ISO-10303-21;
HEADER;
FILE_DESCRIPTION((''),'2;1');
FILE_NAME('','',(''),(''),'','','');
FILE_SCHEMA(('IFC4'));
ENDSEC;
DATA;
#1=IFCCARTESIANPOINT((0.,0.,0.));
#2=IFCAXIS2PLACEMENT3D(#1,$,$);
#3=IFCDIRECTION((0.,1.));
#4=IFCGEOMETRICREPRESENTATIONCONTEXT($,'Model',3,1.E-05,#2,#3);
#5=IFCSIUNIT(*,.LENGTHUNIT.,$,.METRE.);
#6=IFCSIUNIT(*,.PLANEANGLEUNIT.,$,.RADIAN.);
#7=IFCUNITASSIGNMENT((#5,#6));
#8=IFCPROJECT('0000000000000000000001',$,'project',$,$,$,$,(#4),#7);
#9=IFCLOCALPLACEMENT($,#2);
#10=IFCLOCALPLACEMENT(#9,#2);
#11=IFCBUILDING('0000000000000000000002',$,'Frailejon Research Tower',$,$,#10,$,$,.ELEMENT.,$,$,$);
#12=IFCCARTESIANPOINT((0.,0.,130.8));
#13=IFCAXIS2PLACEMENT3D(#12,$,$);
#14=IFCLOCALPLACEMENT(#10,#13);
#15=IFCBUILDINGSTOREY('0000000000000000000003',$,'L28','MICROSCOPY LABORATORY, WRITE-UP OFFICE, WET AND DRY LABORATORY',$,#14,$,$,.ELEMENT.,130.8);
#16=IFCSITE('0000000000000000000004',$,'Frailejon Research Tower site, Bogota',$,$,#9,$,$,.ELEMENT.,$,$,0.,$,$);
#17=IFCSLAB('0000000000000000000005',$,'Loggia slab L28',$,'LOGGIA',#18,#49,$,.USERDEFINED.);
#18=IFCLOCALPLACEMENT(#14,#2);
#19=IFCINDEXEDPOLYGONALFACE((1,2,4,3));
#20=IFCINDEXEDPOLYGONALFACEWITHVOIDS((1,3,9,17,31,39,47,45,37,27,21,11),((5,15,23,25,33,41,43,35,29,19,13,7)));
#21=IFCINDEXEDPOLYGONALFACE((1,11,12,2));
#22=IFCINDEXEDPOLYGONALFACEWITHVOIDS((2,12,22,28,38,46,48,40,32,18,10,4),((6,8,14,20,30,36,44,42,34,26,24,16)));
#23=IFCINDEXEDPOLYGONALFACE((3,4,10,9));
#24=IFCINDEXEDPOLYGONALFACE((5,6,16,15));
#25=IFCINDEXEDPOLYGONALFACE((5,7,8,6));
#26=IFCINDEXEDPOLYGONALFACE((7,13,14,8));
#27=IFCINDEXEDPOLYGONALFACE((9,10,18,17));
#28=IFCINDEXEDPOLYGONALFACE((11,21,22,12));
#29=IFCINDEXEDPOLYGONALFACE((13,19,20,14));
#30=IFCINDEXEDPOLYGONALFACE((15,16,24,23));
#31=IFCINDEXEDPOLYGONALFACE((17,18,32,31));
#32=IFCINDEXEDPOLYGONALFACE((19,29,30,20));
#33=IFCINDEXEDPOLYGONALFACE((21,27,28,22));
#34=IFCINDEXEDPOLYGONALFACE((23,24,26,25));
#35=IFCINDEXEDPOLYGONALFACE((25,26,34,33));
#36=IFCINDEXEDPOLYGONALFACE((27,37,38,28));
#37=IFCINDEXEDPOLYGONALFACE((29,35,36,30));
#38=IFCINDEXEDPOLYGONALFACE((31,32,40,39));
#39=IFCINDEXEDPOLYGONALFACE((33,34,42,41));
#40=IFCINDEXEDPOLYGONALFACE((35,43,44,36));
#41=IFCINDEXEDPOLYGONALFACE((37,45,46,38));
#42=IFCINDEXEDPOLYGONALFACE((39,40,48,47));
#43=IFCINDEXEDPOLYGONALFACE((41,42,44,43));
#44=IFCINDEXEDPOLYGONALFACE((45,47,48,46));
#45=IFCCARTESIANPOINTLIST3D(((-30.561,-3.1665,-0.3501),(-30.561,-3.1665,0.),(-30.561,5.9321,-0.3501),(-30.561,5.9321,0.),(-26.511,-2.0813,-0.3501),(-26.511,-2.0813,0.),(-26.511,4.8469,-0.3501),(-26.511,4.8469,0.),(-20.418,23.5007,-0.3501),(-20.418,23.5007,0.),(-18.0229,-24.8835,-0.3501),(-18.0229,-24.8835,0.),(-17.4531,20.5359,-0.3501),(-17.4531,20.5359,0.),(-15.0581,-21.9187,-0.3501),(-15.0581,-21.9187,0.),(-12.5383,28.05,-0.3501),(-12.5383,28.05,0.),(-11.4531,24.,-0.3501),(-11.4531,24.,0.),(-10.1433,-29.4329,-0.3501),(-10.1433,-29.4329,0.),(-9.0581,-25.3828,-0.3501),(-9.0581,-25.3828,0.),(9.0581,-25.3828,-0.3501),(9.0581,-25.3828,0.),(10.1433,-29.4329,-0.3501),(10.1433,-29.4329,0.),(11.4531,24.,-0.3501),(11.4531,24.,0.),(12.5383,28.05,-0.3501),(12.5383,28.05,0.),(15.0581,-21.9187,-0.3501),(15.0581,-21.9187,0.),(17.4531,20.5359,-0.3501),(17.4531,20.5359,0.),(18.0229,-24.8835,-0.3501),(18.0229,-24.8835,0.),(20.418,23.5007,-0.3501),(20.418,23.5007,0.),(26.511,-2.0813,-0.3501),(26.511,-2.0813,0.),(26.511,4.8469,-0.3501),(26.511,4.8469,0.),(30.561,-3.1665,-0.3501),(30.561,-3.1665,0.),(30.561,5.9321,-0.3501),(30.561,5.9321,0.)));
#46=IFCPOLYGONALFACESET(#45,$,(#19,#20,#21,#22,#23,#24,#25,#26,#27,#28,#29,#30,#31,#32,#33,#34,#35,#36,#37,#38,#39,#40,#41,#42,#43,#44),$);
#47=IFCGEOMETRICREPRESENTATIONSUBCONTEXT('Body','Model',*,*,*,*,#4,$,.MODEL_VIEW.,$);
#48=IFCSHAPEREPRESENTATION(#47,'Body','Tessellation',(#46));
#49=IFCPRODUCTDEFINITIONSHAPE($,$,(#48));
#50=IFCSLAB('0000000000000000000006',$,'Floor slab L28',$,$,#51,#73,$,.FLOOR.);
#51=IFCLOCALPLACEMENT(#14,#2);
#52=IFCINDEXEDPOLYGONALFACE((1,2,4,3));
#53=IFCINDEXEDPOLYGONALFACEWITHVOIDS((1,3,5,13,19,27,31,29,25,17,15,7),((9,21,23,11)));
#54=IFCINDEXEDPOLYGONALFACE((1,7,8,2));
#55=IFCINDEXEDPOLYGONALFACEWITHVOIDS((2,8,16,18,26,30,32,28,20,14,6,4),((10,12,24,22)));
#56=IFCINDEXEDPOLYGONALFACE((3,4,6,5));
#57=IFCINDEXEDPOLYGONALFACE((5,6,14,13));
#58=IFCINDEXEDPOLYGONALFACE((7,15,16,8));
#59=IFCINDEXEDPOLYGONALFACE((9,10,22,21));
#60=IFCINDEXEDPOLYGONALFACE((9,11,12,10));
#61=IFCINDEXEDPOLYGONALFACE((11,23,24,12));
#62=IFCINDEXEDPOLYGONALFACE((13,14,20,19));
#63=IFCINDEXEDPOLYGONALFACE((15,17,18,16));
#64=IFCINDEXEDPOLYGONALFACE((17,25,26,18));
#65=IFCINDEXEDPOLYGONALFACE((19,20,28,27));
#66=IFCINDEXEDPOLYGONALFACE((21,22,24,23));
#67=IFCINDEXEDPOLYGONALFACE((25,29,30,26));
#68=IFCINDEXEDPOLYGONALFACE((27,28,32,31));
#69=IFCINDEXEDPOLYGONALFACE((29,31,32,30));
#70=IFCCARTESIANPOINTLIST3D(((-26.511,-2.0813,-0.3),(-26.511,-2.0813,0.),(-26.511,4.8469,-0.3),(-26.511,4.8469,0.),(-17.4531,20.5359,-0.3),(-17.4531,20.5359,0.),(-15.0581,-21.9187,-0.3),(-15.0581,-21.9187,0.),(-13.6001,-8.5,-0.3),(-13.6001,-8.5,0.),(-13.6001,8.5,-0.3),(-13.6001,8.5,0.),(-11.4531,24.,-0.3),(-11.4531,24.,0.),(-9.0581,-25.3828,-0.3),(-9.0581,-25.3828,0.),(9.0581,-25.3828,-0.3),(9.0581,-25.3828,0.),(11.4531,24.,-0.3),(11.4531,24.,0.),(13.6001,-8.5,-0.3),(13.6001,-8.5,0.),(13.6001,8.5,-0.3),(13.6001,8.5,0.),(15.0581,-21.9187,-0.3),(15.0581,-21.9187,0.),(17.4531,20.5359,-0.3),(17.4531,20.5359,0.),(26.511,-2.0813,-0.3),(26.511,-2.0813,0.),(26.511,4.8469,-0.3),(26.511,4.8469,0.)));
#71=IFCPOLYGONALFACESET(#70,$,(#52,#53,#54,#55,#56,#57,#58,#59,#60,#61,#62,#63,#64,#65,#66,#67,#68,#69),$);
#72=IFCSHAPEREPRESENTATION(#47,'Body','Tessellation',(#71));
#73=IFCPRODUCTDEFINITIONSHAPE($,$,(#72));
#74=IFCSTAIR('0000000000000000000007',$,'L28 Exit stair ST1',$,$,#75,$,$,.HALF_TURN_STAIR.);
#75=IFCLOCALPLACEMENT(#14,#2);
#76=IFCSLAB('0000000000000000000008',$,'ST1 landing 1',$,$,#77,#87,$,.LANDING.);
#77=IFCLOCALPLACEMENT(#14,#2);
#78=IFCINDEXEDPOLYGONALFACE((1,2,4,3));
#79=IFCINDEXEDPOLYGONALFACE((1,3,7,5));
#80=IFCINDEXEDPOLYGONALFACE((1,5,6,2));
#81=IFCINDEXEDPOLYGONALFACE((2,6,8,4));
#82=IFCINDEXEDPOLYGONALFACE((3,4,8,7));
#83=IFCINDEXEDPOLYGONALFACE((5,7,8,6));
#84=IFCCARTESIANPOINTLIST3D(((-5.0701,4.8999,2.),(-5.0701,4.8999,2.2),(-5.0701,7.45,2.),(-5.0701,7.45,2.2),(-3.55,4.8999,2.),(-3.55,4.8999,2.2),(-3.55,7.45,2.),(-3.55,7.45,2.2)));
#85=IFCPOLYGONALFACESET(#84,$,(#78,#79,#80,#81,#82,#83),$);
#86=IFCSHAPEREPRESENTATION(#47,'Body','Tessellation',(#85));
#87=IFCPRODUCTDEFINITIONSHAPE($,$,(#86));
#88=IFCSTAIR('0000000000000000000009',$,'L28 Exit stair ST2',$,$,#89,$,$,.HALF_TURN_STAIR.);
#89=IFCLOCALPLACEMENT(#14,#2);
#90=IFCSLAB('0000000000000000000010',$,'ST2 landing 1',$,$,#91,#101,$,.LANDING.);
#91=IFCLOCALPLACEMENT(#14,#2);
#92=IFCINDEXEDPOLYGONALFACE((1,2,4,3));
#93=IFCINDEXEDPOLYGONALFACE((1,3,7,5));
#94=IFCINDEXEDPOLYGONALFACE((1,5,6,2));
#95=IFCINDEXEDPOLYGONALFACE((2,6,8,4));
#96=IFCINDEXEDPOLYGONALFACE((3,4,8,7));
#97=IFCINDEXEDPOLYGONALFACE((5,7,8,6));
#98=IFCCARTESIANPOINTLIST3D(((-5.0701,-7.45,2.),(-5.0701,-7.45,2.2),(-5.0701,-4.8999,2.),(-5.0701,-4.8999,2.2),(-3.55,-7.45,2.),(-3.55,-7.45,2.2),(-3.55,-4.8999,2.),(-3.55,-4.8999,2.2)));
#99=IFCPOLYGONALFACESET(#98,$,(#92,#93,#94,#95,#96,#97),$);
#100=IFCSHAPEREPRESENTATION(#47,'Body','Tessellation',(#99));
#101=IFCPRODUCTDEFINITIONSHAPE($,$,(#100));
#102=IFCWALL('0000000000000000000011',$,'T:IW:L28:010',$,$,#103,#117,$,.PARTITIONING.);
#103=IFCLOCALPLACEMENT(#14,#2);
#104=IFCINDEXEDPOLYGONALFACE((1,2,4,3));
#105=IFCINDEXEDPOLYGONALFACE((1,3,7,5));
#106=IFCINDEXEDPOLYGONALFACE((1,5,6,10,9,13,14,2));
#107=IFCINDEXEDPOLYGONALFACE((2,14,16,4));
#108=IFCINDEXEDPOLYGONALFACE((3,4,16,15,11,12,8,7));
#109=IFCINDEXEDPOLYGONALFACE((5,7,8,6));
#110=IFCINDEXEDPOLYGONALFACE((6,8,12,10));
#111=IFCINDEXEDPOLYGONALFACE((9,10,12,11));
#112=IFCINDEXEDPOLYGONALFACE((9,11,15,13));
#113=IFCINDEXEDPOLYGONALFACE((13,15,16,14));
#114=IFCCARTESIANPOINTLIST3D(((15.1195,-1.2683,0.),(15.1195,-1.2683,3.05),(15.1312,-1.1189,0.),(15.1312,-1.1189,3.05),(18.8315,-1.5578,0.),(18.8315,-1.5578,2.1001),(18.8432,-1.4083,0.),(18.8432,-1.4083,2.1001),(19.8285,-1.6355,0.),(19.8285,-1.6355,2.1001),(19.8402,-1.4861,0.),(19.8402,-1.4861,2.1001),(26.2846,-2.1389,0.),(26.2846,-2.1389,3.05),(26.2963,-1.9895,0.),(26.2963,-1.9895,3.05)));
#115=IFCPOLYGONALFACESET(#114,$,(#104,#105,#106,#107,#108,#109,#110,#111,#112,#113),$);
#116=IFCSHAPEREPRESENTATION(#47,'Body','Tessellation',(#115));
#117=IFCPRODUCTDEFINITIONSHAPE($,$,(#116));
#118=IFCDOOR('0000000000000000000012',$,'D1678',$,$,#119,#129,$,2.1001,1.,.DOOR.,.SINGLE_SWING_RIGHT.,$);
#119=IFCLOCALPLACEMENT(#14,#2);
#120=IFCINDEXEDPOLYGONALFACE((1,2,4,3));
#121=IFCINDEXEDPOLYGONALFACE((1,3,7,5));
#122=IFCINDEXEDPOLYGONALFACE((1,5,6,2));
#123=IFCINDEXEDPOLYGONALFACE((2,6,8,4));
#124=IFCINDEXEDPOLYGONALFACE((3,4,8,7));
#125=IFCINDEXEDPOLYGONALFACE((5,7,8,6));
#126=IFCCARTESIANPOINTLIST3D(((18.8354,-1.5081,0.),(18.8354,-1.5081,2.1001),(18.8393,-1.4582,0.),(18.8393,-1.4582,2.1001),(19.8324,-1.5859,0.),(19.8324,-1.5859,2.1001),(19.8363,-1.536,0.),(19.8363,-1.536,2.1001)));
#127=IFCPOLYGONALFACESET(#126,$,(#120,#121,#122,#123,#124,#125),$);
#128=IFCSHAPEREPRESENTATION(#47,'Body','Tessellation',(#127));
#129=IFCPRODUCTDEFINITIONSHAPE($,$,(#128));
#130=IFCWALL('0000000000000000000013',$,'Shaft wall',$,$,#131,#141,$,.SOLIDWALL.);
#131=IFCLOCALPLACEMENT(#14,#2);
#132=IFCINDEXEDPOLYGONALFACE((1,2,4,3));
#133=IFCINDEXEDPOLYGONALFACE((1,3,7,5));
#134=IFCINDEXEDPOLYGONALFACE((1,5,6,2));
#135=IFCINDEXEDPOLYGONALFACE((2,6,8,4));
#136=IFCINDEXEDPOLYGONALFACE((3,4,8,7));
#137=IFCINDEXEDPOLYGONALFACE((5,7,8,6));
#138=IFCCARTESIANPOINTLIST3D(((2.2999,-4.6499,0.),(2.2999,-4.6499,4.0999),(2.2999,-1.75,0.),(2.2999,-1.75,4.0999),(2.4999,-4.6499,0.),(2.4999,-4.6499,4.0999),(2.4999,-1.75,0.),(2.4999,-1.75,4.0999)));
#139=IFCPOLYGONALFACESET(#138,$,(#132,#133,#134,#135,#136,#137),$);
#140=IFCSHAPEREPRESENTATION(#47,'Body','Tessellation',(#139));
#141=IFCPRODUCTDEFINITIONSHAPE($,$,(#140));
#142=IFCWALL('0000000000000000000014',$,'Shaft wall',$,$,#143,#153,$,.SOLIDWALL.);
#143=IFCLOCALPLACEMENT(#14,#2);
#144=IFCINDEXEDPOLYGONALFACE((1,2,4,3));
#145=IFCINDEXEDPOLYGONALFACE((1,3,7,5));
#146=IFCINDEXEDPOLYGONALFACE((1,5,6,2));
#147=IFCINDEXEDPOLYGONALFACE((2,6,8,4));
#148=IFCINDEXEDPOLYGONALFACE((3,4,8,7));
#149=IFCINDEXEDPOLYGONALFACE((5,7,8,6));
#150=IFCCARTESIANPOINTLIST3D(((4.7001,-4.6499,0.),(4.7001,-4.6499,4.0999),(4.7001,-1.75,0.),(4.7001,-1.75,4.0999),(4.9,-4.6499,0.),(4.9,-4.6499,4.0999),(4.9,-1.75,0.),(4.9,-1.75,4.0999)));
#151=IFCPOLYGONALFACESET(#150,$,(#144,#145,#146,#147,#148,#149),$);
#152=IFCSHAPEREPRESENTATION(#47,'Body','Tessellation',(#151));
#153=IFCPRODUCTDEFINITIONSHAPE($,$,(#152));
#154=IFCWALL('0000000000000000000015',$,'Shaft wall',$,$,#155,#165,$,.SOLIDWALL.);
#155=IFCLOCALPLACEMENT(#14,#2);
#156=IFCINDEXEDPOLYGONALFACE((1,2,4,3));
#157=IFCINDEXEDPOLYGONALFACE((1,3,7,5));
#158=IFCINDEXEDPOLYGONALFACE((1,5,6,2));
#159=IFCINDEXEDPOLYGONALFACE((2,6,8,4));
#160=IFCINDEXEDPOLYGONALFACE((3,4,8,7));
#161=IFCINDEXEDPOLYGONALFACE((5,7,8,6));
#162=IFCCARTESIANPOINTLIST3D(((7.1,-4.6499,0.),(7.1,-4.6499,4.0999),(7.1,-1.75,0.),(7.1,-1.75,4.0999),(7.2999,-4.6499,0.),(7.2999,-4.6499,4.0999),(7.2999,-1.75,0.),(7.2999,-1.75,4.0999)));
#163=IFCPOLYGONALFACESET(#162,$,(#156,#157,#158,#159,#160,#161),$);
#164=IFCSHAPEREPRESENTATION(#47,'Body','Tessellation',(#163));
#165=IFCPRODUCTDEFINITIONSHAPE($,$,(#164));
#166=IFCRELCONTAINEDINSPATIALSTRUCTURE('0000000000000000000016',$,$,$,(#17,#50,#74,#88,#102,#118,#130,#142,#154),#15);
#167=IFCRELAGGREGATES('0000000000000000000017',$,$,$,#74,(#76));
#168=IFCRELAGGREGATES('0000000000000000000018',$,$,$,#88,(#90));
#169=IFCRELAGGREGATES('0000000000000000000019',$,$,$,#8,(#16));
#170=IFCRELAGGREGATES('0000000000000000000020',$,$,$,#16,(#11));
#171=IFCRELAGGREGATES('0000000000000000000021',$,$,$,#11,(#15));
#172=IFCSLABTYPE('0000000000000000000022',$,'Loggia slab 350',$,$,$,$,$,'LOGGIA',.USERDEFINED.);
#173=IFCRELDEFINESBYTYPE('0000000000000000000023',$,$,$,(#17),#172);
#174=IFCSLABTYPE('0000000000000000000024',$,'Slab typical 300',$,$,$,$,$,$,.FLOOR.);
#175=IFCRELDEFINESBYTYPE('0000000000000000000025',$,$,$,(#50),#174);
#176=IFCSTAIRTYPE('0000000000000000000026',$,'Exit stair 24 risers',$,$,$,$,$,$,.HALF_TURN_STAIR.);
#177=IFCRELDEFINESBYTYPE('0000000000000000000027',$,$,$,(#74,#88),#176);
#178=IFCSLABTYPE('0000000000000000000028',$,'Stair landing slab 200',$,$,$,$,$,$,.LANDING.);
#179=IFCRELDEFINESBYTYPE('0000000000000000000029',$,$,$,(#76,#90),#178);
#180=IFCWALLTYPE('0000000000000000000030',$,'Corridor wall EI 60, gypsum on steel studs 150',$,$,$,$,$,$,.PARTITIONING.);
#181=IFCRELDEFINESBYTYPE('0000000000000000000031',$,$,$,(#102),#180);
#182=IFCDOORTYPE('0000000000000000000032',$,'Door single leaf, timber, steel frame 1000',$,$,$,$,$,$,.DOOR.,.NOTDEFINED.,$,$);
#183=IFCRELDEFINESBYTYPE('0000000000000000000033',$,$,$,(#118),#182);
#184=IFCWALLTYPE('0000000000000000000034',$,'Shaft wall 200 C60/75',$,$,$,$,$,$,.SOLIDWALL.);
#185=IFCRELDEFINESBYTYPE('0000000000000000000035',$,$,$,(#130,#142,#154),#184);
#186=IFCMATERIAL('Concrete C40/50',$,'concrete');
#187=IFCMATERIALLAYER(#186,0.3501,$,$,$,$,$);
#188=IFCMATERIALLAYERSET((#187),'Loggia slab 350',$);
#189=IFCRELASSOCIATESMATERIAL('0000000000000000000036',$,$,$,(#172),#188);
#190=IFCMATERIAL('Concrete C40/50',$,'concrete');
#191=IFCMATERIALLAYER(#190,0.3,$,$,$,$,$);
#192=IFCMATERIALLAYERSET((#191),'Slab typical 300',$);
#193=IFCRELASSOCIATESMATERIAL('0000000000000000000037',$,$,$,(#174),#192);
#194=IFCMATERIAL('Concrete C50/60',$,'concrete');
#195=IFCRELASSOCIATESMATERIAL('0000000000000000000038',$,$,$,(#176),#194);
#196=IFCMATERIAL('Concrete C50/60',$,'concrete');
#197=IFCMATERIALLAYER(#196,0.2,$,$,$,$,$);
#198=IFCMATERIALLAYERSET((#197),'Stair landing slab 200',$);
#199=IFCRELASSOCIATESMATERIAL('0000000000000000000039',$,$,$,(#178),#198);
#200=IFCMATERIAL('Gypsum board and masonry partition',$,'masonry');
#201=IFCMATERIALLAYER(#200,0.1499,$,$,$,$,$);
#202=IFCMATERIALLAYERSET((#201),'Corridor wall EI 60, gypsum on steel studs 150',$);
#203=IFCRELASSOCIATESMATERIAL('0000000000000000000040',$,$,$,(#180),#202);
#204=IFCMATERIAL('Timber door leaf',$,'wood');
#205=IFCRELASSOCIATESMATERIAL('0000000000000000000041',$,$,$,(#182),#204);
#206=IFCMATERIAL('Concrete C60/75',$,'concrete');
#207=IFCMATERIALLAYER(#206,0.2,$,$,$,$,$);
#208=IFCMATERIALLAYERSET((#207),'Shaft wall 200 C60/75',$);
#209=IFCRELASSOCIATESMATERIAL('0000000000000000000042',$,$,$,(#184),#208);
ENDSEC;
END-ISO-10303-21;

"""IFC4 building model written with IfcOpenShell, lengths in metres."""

from ifc_helpers import new_model, si_unit, direction, frame, frame_2d, origin, place, context, subcontext, project, spatial, polyline, rectangle, outline, extrude, material, layer, layer_set, type_object, element, fill, aggregate, save


model = new_model("IFC4")

# Units and contexts
model_context = context("Model", 3, precision=1e-05, world=origin(), true_north=direction((0.0, 1.0)))
body_context = subcontext(model_context, "Body", "Model", "MODEL_VIEW")
ifc_project = project(units=[si_unit("LENGTHUNIT", "METRE"), si_unit("PLANEANGLEUNIT", "RADIAN")], contexts=[model_context])

# Site, building, storey
site_placement = place(None, origin())
site = spatial("IfcSite", under=ifc_project, at=site_placement, Name="Frailejon Research Tower site, Bogota", CompositionType="ELEMENT", RefElevation=0.0)
building_placement = place(site_placement, origin())
building = spatial("IfcBuilding", under=site, at=building_placement, Name="Frailejon Research Tower", CompositionType="ELEMENT")
storey_placement = place(building_placement, frame((0.0, 0.0, 130.8)))
storey = spatial("IfcBuildingStorey", under=building, at=storey_placement, Name="L28", Description="MICROSCOPY LABORATORY, WRITE-UP OFFICE, WET AND DRY LABORATORY", CompositionType="ELEMENT", Elevation=130.8)

# Slabs
ifc_material_1 = material(Name="Concrete C40/50", Category="concrete")
ifc_layer_1 = layer(ifc_material_1, 0.3501)
ifc_layer_set_1 = layer_set([ifc_layer_1], Name="Loggia slab 350")
slab_type_1 = type_object("IfcSlabType", Name="Loggia slab 350", ElementType="LOGGIA", PredefinedType="USERDEFINED", material=ifc_layer_set_1)
slab_1_placement = place(storey_placement, frame((0.0, 0.0, -0.3501)))
element("IfcSlab", 1, at=slab_1_placement, inside=storey, type_object=slab_type_1, Name="Loggia slab L28", ObjectType="LOGGIA", PredefinedType="USERDEFINED", context=body_context, shape_type="SweptSolid", body=[
    extrude(outline(polyline([(18.0229, -24.8835), (10.1433, -29.4329), (-10.1433, -29.4329), (-18.0229, -24.8835), (-30.561, -3.1665), (-30.561, 5.9321), (-20.418, 23.5007), (-12.5383, 28.05), (12.5383, 28.05), (20.418, 23.5007), (30.561, 5.9321), (30.561, -3.1665), (18.0229, -24.8835)]), holes=[polyline([(26.511, 4.8469), (17.4531, 20.5359), (11.4531, 24.0), (-11.4531, 24.0), (-17.4531, 20.5359), (-26.511, 4.8469), (-26.511, -2.0813), (-15.0581, -21.9187), (-9.0581, -25.3828), (9.0581, -25.3828), (15.0581, -21.9187), (26.511, -2.0813), (26.511, 4.8469)])]), origin(), (0.0, 0.0, 1.0), 0.3501),
])
ifc_material_2 = material(Name="Concrete C40/50", Category="concrete")
ifc_layer_2 = layer(ifc_material_2, 0.3)
ifc_layer_set_2 = layer_set([ifc_layer_2], Name="Slab typical 300")
slab_type_2 = type_object("IfcSlabType", Name="Slab typical 300", PredefinedType="FLOOR", material=ifc_layer_set_2)
slab_2_placement = place(storey_placement, frame((0.0, 0.0, -0.3)))
element("IfcSlab", 2, at=slab_2_placement, inside=storey, type_object=slab_type_2, Name="Floor slab L28", PredefinedType="FLOOR", context=body_context, shape_type="SweptSolid", body=[
    extrude(outline(polyline([(26.511, -2.0813), (26.511, 4.8469), (17.4531, 20.5359), (11.4531, 24.0), (-11.4531, 24.0), (-17.4531, 20.5359), (-26.511, 4.8469), (-26.511, -2.0813), (-15.0581, -21.9187), (-9.0581, -25.3828), (9.0581, -25.3828), (15.0581, -21.9187), (26.511, -2.0813)]), holes=[polyline([(13.6001, -8.5), (-13.6001, -8.5), (-13.6001, 8.5), (13.6001, 8.5), (13.6001, -8.5)])]), origin(), (0.0, 0.0, 1.0), 0.3),
])

# Stairs, slabs
ifc_material_3 = material(Name="Concrete C50/60", Category="concrete")
stair_type = type_object("IfcStairType", Name="Exit stair 24 risers", PredefinedType="HALF_TURN_STAIR", material=ifc_material_3)
stair_1_placement = place(storey_placement, origin())
stair_1 = element("IfcStair", 3, at=stair_1_placement, inside=storey, type_object=stair_type, Name="L28 Exit stair ST1", PredefinedType="HALF_TURN_STAIR")
ifc_material_4 = material(Name="Concrete C50/60", Category="concrete")
ifc_layer_3 = layer(ifc_material_4, 0.2)
ifc_layer_set_3 = layer_set([ifc_layer_3], Name="Stair landing slab 200")
slab_type_3 = type_object("IfcSlabType", Name="Stair landing slab 200", PredefinedType="LANDING", material=ifc_layer_set_3)
slab_3_placement = place(storey_placement, frame((0.0, 0.0, 2.0)))
slab_3 = element("IfcSlab", 4, at=slab_3_placement, type_object=slab_type_3, Name="ST1 landing 1", PredefinedType="LANDING", context=body_context, shape_type="SweptSolid", body=[
    extrude(outline(polyline([(-5.0701, 4.8999), (-3.55, 4.8999), (-3.55, 7.45), (-5.0701, 7.45), (-5.0701, 4.8999)])), origin(), (0.0, 0.0, 1.0), 0.2),
])
aggregate(stair_1, [slab_3])
stair_2_placement = place(storey_placement, origin())
stair_2 = element("IfcStair", 5, at=stair_2_placement, inside=storey, type_object=stair_type, Name="L28 Exit stair ST2", PredefinedType="HALF_TURN_STAIR")
slab_4_placement = place(storey_placement, frame((0.0, 0.0, 2.0)))
slab_4 = element("IfcSlab", 6, at=slab_4_placement, type_object=slab_type_3, Name="ST2 landing 1", PredefinedType="LANDING", context=body_context, shape_type="SweptSolid", body=[
    extrude(outline(polyline([(-5.0701, -7.45), (-3.55, -7.45), (-3.55, -4.8999), (-5.0701, -4.8999), (-5.0701, -7.45)])), origin(), (0.0, 0.0, 1.0), 0.2),
])
aggregate(stair_2, [slab_4])

# Wall, opening, door
ifc_material_5 = material(Name="Gypsum board and masonry partition", Category="masonry")
ifc_layer_4 = layer(ifc_material_5, 0.1499)
ifc_layer_set_4 = layer_set([ifc_layer_4], Name="Corridor wall EI 60, gypsum on steel studs 150")
wall_type_1 = type_object("IfcWallType", Name="Corridor wall EI 60, gypsum on steel studs 150", PredefinedType="PARTITIONING", material=ifc_layer_set_4)
wall_1_placement = place(storey_placement, frame((15.1252, -1.1936, 0.0), z_axis=(0.0, 0.0, 1.0), x_axis=(0.996974, -0.07774, 0.0)))
wall_1 = element("IfcWall", 7, at=wall_1_placement, inside=storey, type_object=wall_type_1, Name="T:IW:L28:010", PredefinedType="PARTITIONING", context=body_context, shape_type="SweptSolid", body=[
    extrude(rectangle(XDim=11.199, YDim=0.1499, at=frame_2d((5.5996, 0.0))), origin(), (0.0, 0.0, 1.0), 3.05),
])
opening_1_placement = place(wall_1_placement, frame((3.7234, 0.0, 0.0)))
opening_1 = element("IfcOpeningElement", 8, at=opening_1_placement, cuts=wall_1, PredefinedType="OPENING", context=body_context, shape_type="SweptSolid", body=[
    extrude(rectangle(XDim=1.0, YDim=2.1001, at=frame_2d((0.5, 1.05))), frame((0.0, 0.085, 0.0), z_axis=(0.0, -1.0, 0.0), x_axis=(1.0, 0.0, 0.0)), (0.0, 0.0, 1.0), 0.1699),
])
ifc_material_6 = material(Name="Timber door leaf", Category="wood")
door_type_1 = type_object("IfcDoorType", Name="Door single leaf, timber, steel frame 1000", OperationType="NOTDEFINED", PredefinedType="DOOR", material=ifc_material_6)
door_1_placement = place(opening_1_placement, origin())
door_1 = element("IfcDoor", 9, at=door_1_placement, inside=storey, type_object=door_type_1, Name="D1678", OperationType="SINGLE_SWING_RIGHT", OverallHeight=2.1001, OverallWidth=1.0, PredefinedType="DOOR", context=body_context, shape_type="SweptSolid", body=[
    extrude(rectangle(XDim=1.0, YDim=2.1001, at=frame_2d((0.5, 1.05))), frame((0.0, 0.0249, 0.0), z_axis=(0.0, -1.0, 0.0), x_axis=(1.0, 0.0, 0.0)), (0.0, 0.0, 1.0), 0.05),
])
fill(opening_1, door_1)

# Walls
ifc_material_7 = material(Name="Concrete C60/75", Category="concrete")
ifc_layer_5 = layer(ifc_material_7, 0.2)
ifc_layer_set_5 = layer_set([ifc_layer_5], Name="Shaft wall 200 C60/75")
wall_type_2 = type_object("IfcWallType", Name="Shaft wall 200 C60/75", PredefinedType="SOLIDWALL", material=ifc_layer_set_5)
for number, where, z_axis, x_axis, name in (
    (10, (2.3999, -4.6499, 0.0), (0.0, 0.0, 1.0), (0.0, 1.0, 0.0), "Shaft wall"),
    (11, (4.8, -4.6499, 0.0), (0.0, 0.0, 1.0), (0.0, 1.0, 0.0), "Shaft wall"),
    (12, (7.2, -4.6499, 0.0), (0.0, 0.0, 1.0), (0.0, 1.0, 0.0), "Shaft wall"),
):
    element("IfcWall", number, at=place(storey_placement, frame(where, z_axis=z_axis, x_axis=x_axis)), inside=storey, type_object=wall_type_2, Name=name, PredefinedType="SOLIDWALL", context=body_context, shape_type="SweptSolid", body=[
        extrude(rectangle(XDim=2.8999, YDim=0.2, at=frame_2d((1.45, 0.0))), origin(), (0.0, 0.0, 1.0), 4.0999),
    ])

save(model, "model.ifc")
